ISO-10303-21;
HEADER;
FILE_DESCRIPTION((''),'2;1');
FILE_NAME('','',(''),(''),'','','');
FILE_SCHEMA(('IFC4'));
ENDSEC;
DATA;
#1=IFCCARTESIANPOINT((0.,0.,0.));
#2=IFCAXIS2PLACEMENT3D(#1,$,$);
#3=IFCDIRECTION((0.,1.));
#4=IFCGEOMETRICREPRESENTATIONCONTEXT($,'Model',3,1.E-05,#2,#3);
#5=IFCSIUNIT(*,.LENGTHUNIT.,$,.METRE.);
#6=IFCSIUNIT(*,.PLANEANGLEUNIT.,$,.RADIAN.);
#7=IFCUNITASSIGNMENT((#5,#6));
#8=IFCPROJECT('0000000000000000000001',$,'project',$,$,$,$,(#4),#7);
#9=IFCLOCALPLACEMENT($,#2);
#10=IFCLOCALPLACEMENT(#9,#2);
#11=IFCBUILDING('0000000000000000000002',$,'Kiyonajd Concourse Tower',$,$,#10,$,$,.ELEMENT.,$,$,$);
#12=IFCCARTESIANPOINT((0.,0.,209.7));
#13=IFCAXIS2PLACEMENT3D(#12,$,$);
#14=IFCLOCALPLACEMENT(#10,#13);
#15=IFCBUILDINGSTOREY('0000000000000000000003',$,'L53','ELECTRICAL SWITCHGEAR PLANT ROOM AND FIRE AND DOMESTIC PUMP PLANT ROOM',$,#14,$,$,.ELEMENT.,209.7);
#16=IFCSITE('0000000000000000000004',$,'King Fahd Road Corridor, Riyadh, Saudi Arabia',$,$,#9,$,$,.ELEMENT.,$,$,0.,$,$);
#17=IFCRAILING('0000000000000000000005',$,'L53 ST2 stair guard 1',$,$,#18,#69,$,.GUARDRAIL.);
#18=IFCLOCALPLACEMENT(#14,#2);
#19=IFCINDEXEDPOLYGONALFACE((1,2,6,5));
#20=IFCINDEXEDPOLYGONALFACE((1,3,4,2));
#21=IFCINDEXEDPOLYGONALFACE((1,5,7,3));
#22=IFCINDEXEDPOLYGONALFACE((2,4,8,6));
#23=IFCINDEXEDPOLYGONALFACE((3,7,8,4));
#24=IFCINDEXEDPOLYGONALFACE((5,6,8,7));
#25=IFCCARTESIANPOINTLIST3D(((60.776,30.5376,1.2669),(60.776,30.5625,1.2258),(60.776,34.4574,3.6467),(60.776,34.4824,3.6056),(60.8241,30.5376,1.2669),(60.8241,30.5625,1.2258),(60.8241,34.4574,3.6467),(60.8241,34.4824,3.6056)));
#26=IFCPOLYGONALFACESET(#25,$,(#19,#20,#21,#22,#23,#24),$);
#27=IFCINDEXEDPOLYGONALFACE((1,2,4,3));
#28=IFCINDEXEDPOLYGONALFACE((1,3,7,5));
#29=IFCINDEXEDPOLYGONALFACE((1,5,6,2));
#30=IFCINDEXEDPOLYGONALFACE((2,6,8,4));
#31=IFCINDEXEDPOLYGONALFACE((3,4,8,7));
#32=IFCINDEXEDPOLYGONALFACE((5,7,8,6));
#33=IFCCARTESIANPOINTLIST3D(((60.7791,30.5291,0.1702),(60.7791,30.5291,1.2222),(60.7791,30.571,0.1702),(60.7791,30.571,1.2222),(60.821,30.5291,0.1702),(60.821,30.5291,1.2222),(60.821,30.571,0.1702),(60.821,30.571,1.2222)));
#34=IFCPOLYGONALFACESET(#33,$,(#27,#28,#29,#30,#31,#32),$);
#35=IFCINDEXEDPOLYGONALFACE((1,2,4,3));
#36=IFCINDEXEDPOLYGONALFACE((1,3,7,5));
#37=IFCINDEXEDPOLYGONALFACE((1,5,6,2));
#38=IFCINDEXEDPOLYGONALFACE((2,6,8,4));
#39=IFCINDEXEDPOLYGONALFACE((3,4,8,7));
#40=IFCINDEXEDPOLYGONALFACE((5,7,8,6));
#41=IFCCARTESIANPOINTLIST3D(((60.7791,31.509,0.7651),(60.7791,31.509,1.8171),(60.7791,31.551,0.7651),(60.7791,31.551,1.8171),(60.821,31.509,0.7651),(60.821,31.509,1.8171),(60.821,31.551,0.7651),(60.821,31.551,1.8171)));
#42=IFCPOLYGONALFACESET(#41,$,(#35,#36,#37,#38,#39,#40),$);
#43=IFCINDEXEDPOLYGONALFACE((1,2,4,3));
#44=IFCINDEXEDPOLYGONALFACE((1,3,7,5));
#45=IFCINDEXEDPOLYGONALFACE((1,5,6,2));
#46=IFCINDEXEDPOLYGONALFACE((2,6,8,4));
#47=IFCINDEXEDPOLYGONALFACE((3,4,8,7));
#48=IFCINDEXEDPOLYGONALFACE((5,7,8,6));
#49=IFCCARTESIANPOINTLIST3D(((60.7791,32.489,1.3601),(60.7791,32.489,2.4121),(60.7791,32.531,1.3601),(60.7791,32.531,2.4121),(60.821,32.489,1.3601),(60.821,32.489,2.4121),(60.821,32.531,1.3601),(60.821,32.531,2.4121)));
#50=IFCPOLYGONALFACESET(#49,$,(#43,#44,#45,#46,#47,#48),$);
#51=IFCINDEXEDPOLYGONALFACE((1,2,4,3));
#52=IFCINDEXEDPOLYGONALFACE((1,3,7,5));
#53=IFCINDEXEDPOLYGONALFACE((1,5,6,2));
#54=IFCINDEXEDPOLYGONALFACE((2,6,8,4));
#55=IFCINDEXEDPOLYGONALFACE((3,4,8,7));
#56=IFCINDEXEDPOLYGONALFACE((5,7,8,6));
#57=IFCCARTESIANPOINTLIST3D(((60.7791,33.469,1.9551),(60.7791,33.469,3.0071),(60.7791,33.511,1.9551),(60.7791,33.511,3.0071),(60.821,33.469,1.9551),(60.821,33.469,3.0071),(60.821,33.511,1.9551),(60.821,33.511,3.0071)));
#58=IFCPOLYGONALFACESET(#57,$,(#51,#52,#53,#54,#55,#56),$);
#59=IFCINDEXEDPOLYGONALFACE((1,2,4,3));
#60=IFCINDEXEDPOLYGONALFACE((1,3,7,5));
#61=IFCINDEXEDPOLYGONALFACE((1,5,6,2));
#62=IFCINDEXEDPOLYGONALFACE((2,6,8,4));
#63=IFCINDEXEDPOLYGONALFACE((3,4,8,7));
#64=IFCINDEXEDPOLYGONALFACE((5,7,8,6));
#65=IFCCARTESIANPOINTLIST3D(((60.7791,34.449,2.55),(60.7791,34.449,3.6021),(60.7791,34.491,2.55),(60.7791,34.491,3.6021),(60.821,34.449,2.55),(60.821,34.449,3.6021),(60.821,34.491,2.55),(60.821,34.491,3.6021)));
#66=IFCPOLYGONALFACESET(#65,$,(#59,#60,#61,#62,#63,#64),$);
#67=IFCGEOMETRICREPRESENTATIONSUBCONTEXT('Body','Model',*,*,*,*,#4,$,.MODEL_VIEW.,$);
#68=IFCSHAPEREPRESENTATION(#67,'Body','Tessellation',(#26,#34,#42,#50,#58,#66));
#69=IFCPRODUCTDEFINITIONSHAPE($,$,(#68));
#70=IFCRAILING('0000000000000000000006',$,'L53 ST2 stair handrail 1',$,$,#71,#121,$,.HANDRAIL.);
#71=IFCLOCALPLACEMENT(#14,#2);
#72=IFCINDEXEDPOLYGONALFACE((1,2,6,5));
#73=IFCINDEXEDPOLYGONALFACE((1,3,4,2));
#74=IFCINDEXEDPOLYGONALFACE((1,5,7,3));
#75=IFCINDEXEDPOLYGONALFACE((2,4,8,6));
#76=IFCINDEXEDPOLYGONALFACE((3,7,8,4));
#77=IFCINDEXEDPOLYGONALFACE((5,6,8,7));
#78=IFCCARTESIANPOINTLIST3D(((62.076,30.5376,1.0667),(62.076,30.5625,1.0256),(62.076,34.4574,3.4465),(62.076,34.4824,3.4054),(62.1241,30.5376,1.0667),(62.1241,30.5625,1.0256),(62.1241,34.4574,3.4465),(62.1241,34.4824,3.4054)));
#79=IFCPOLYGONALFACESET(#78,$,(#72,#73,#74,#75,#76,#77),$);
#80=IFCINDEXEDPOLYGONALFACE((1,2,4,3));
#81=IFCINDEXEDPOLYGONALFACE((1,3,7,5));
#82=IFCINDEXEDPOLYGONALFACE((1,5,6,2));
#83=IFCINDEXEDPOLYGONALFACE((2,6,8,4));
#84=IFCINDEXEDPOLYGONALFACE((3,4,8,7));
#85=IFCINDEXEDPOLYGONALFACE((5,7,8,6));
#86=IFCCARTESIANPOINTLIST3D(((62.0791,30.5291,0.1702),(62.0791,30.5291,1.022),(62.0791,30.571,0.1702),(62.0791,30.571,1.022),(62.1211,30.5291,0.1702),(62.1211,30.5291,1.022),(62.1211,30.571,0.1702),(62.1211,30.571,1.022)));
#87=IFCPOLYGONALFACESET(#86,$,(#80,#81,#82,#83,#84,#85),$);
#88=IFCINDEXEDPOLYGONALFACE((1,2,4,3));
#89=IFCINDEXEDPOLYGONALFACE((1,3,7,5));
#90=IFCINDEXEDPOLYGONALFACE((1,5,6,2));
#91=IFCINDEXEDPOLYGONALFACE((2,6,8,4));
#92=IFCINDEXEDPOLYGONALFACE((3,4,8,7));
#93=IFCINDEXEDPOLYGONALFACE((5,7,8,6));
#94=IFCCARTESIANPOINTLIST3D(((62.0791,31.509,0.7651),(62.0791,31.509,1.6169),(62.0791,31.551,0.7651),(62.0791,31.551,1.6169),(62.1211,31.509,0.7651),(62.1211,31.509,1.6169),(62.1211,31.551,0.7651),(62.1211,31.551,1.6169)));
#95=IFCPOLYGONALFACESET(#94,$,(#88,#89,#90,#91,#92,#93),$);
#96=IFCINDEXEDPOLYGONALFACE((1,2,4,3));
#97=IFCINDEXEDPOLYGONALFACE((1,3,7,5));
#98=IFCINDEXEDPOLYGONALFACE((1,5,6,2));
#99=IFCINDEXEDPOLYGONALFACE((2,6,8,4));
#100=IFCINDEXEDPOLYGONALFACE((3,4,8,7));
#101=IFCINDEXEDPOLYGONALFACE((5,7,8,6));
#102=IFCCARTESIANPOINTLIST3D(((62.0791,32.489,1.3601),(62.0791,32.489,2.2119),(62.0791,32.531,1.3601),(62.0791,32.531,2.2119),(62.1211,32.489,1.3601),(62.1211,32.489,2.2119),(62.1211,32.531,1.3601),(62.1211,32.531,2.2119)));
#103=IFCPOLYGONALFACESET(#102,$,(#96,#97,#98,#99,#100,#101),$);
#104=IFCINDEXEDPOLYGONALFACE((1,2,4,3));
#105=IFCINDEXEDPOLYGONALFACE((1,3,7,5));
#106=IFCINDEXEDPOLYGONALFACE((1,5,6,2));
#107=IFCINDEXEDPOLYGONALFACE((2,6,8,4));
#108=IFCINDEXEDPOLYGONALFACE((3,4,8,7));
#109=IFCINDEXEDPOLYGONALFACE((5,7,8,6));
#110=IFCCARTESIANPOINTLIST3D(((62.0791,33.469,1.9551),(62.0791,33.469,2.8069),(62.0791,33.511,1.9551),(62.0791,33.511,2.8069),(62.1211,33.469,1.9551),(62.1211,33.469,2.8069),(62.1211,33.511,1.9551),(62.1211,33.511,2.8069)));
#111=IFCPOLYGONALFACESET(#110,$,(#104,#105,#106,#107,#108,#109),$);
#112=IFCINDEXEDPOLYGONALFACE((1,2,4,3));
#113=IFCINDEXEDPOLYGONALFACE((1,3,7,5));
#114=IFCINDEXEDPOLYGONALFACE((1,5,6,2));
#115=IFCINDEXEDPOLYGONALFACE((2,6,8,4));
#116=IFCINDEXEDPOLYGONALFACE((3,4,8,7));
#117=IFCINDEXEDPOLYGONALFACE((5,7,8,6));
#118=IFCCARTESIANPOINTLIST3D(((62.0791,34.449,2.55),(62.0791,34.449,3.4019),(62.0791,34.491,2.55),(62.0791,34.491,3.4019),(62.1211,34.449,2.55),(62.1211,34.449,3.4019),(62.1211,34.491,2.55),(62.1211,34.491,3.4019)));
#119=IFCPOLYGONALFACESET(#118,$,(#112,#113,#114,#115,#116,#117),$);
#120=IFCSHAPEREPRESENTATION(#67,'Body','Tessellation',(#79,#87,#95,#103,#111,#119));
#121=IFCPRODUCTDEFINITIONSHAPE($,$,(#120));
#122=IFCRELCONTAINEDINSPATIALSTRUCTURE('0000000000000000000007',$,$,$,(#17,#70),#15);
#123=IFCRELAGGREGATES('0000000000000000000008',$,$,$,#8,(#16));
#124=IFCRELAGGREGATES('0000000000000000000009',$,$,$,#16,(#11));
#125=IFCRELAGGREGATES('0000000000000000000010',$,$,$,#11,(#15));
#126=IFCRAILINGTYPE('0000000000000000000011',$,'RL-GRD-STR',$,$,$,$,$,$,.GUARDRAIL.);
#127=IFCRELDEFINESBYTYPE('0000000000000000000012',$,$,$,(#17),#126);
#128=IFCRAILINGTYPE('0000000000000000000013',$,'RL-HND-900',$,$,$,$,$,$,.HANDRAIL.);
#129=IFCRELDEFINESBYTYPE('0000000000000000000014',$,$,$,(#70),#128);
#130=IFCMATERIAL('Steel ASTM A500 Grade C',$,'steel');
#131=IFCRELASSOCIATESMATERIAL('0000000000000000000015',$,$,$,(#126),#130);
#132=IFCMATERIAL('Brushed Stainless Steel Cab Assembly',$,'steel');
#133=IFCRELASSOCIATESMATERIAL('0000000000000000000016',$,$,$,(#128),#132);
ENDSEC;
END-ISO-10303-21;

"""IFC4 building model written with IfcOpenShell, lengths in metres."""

from ifc_helpers import new_model, si_unit, direction, frame, origin, origin_2d, place, context, subcontext, project, spatial, rectangle, extrude, material, type_object, element, save


model = new_model("IFC4")

# Units and contexts
model_context = context("Model", 3, precision=1e-05, world=origin(), true_north=direction((0.0, 1.0)))
body_context = subcontext(model_context, "Body", "Model", "MODEL_VIEW")
ifc_project = project(units=[si_unit("LENGTHUNIT", "METRE"), si_unit("PLANEANGLEUNIT", "RADIAN")], contexts=[model_context])

# Site, building, storey
site_placement = place(None, origin())
site = spatial("IfcSite", under=ifc_project, at=site_placement, Name="King Fahd Road Corridor, Riyadh, Saudi Arabia", CompositionType="ELEMENT", RefElevation=0.0)
building_placement = place(site_placement, origin())
building = spatial("IfcBuilding", under=site, at=building_placement, Name="Kiyonajd Concourse Tower", CompositionType="ELEMENT")
storey_placement = place(building_placement, frame((0.0, 0.0, 209.7)))
storey = spatial("IfcBuildingStorey", under=building, at=storey_placement, Name="L53", Description="ELECTRICAL SWITCHGEAR PLANT ROOM AND FIRE AND DOMESTIC PUMP PLANT ROOM", CompositionType="ELEMENT", Elevation=209.7)

# Shared definitions
ifc_material_1 = material(Name="Steel ASTM A500 Grade C", Category="steel")

# Railings
railing_type_1 = type_object("IfcRailingType", Name="RL-GRD-STR", PredefinedType="GUARDRAIL", material=ifc_material_1)
railing_1_placement = place(storey_placement, frame((60.8, 30.55, 0.1702)))
element("IfcRailing", 1, at=railing_1_placement, inside=storey, type_object=railing_type_1, Name="L53 ST2 stair guard 1", PredefinedType="GUARDRAIL", context=body_context, shape_type="SweptSolid", body=[
    extrude(rectangle(XDim=0.0481, YDim=0.0481, at=origin_2d()), frame((0.0, 0.0, 1.0762), z_axis=(0.0, 0.854794, 0.518967), x_axis=(-1.0, 0.0, 0.0)), (0.0, 0.0, 1.0), 4.5857),
    extrude(rectangle(XDim=0.042, YDim=0.042, at=origin_2d()), origin(), (0.0, 0.0, 1.0), 1.052),
    extrude(rectangle(XDim=0.042, YDim=0.042, at=origin_2d()), frame((0.0, 0.98, 0.595)), (0.0, 0.0, 1.0), 1.052),
    extrude(rectangle(XDim=0.042, YDim=0.042, at=origin_2d()), frame((0.0, 1.96, 1.1899)), (0.0, 0.0, 1.0), 1.052),
    extrude(rectangle(XDim=0.042, YDim=0.042, at=origin_2d()), frame((0.0, 2.9399, 1.7849)), (0.0, 0.0, 1.0), 1.052),
    extrude(rectangle(XDim=0.042, YDim=0.042, at=origin_2d()), frame((0.0, 3.9199, 2.3799)), (0.0, 0.0, 1.0), 1.052),
])
ifc_material_2 = material(Name="Brushed Stainless Steel Cab Assembly", Category="steel")
railing_type_2 = type_object("IfcRailingType", Name="RL-HND-900", PredefinedType="HANDRAIL", material=ifc_material_2)
railing_2_placement = place(storey_placement, frame((62.1001, 30.55, 0.1702)))
element("IfcRailing", 2, at=railing_2_placement, inside=storey, type_object=railing_type_2, Name="L53 ST2 stair handrail 1", PredefinedType="HANDRAIL", context=body_context, shape_type="SweptSolid", body=[
    extrude(rectangle(XDim=0.0481, YDim=0.0481, at=origin_2d()), frame((0.0, 0.0, 0.876), z_axis=(0.0, 0.854794, 0.518967), x_axis=(-1.0, 0.0, 0.0)), (0.0, 0.0, 1.0), 4.5857),
    extrude(rectangle(XDim=0.042, YDim=0.042, at=origin_2d()), origin(), (0.0, 0.0, 1.0), 0.8518),
    extrude(rectangle(XDim=0.042, YDim=0.042, at=origin_2d()), frame((0.0, 0.98, 0.595)), (0.0, 0.0, 1.0), 0.8518),
    extrude(rectangle(XDim=0.042, YDim=0.042, at=origin_2d()), frame((0.0, 1.96, 1.1899)), (0.0, 0.0, 1.0), 0.8518),
    extrude(rectangle(XDim=0.042, YDim=0.042, at=origin_2d()), frame((0.0, 2.9399, 1.7849)), (0.0, 0.0, 1.0), 0.8518),
    extrude(rectangle(XDim=0.042, YDim=0.042, at=origin_2d()), frame((0.0, 3.9199, 2.3799)), (0.0, 0.0, 1.0), 0.8518),
])

save(model, "model.ifc")
